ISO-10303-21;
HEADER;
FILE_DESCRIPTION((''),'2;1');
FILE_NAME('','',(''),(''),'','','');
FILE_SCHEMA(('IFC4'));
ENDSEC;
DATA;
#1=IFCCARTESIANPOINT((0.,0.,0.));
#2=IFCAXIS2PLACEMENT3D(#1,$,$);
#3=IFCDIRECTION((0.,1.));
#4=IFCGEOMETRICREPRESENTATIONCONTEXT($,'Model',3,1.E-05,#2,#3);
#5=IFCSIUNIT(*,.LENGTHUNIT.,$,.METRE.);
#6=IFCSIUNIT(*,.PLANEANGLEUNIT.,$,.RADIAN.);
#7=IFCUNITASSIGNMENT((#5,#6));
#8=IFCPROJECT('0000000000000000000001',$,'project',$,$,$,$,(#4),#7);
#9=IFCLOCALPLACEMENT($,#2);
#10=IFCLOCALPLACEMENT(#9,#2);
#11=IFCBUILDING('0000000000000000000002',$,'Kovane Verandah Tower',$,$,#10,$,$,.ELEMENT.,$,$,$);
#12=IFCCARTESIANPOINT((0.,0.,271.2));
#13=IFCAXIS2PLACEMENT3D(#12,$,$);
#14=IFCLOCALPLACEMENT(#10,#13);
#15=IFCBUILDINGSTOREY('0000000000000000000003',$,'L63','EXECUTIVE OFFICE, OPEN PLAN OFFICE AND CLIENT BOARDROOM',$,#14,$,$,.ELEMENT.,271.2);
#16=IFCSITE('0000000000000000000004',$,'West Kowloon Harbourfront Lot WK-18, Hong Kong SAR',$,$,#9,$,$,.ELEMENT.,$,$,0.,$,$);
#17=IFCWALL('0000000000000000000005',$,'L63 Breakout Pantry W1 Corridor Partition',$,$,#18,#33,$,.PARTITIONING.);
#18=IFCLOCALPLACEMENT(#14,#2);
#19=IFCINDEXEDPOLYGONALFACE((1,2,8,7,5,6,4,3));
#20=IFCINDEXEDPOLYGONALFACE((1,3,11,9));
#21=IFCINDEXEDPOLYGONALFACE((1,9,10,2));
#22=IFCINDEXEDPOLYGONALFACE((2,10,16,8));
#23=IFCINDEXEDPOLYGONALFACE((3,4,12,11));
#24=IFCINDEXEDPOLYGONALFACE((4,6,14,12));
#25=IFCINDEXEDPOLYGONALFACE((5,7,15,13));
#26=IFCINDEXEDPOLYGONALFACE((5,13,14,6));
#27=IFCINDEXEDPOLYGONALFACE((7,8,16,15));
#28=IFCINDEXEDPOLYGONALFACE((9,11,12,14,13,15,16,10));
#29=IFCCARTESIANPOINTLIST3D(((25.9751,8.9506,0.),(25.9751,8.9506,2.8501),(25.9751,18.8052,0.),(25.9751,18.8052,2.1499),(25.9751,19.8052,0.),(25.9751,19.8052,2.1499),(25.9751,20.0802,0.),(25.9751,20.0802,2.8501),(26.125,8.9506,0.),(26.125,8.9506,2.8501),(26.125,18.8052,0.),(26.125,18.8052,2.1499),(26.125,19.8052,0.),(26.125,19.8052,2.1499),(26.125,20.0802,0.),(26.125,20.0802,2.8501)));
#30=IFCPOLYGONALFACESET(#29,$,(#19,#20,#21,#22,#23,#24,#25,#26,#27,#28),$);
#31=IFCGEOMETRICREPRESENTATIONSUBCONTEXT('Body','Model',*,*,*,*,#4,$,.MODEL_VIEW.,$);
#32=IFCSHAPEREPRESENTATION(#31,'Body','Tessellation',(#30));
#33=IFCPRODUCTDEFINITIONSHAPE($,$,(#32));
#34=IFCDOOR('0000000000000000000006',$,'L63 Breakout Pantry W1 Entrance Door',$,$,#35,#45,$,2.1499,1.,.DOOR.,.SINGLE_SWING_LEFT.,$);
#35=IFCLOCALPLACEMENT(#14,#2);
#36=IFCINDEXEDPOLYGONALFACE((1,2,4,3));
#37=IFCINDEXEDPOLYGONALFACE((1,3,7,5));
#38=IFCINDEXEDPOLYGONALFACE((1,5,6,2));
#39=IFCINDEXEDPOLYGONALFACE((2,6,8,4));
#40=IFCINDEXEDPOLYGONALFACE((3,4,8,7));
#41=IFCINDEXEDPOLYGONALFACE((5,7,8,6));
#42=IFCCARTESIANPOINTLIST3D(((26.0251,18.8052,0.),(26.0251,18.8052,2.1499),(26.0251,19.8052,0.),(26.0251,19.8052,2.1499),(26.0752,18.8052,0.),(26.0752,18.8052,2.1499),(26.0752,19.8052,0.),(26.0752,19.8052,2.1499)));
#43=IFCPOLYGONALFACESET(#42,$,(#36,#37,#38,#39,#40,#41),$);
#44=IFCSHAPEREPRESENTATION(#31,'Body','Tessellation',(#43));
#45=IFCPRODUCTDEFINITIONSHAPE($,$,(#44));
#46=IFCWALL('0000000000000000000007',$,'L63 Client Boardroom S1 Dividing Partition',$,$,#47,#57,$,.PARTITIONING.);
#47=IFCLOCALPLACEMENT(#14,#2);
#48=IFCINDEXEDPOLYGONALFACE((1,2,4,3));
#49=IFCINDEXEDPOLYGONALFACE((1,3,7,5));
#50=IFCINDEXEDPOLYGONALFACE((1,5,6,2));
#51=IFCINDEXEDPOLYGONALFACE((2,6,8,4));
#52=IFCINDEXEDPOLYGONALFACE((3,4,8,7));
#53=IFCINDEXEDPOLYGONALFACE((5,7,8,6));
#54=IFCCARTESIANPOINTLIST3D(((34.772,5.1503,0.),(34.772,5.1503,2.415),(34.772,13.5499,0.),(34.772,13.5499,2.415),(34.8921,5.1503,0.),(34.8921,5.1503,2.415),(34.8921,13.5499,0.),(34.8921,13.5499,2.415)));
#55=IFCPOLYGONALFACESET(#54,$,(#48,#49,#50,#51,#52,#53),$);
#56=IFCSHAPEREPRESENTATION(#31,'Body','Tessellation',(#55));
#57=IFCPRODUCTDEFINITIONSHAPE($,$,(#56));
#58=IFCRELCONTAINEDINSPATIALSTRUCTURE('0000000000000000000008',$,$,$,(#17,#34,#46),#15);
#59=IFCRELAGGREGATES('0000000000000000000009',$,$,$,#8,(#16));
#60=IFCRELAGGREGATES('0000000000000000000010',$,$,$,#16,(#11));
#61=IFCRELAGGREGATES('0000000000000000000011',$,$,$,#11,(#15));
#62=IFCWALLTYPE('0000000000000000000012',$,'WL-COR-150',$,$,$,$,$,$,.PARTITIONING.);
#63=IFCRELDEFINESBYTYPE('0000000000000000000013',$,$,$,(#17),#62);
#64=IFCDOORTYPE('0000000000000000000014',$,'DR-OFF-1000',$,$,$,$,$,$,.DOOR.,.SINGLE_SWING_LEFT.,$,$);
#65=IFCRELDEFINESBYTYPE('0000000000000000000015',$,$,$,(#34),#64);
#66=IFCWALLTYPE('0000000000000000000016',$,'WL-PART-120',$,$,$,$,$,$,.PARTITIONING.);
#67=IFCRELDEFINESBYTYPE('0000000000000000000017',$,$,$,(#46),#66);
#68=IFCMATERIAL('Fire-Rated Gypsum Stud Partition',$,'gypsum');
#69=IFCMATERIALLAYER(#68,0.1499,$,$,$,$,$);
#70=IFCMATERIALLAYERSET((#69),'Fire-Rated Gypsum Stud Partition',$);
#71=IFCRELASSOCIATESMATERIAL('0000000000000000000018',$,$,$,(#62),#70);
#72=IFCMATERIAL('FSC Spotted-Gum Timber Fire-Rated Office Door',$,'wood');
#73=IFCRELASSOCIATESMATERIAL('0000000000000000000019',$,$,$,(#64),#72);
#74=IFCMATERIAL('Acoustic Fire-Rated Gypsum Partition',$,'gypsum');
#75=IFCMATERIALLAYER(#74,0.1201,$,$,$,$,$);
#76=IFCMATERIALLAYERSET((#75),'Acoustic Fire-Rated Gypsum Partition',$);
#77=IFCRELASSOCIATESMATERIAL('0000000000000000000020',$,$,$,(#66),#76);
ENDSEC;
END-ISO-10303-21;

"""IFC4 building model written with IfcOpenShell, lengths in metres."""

from ifc_helpers import new_model, si_unit, direction, frame, frame_2d, origin, place, context, subcontext, project, spatial, rectangle, extrude, material, layer, layer_set, type_object, element, fill, save


model = new_model("IFC4")

# Units and contexts
model_context = context("Model", 3, precision=1e-05, world=origin(), true_north=direction((0.0, 1.0)))
body_context = subcontext(model_context, "Body", "Model", "MODEL_VIEW")
ifc_project = project(units=[si_unit("LENGTHUNIT", "METRE"), si_unit("PLANEANGLEUNIT", "RADIAN")], contexts=[model_context])

# Site, building, storey
site_placement = place(None, origin())
site = spatial("IfcSite", under=ifc_project, at=site_placement, Name="West Kowloon Harbourfront Lot WK-18, Hong Kong SAR", CompositionType="ELEMENT", RefElevation=0.0)
building_placement = place(site_placement, origin())
building = spatial("IfcBuilding", under=site, at=building_placement, Name="Kovane Verandah Tower", CompositionType="ELEMENT")
storey_placement = place(building_placement, frame((0.0, 0.0, 271.2)))
storey = spatial("IfcBuildingStorey", under=building, at=storey_placement, Name="L63", Description="EXECUTIVE OFFICE, OPEN PLAN OFFICE AND CLIENT BOARDROOM", CompositionType="ELEMENT", Elevation=271.2)

# Wall, opening, door
ifc_material_1 = material(Name="Fire-Rated Gypsum Stud Partition", Category="gypsum")
ifc_layer_1 = layer(ifc_material_1, 0.1499)
ifc_layer_set_1 = layer_set([ifc_layer_1], Name="Fire-Rated Gypsum Stud Partition")
wall_type_1 = type_object("IfcWallType", Name="WL-COR-150", PredefinedType="PARTITIONING", material=ifc_layer_set_1)
ifc_material_2 = material(Name="FSC Spotted-Gum Timber Fire-Rated Office Door", Category="wood")
door_type_1 = type_object("IfcDoorType", Name="DR-OFF-1000", OperationType="SINGLE_SWING_LEFT", PredefinedType="DOOR", material=ifc_material_2)
wall_1_placement = place(storey_placement, frame((26.05, 8.9504, 0.0), z_axis=(0.0, 0.0, 1.0), x_axis=(0.0, 1.0, 0.0)))
wall_1 = element("IfcWall", 1, at=wall_1_placement, inside=storey, type_object=wall_type_1, Name="L63 Breakout Pantry W1 Corridor Partition", PredefinedType="PARTITIONING", context=body_context, shape_type="SweptSolid", body=[
    extrude(rectangle(XDim=11.1296, YDim=0.1499, at=frame_2d((5.5649, 0.0))), origin(), (0.0, 0.0, 1.0), 2.8501),
])
opening_1_placement = place(wall_1_placement, frame((9.8547, 0.0, 0.0)))
opening_1 = element("IfcOpeningElement", 2, at=opening_1_placement, cuts=wall_1, PredefinedType="OPENING", context=body_context, shape_type="SweptSolid", body=[
    extrude(rectangle(XDim=1.0, YDim=2.1499, at=frame_2d((0.5, 1.075))), frame((0.0, 0.075, 0.0), z_axis=(0.0, -1.0, 0.0), x_axis=(1.0, 0.0, 0.0)), (0.0, 0.0, 1.0), 0.1499),
])
door_1_placement = place(opening_1_placement, origin())
door_1 = element("IfcDoor", 3, at=door_1_placement, inside=storey, type_object=door_type_1, Name="L63 Breakout Pantry W1 Entrance Door", OperationType="SINGLE_SWING_LEFT", OverallHeight=2.1499, OverallWidth=1.0, PredefinedType="DOOR", context=body_context, shape_type="SweptSolid", body=[
    extrude(rectangle(XDim=1.0, YDim=2.1499, at=frame_2d((0.5, 1.075))), frame((0.0, 0.0249, 0.0), z_axis=(0.0, -1.0, 0.0), x_axis=(1.0, 0.0, 0.0)), (0.0, 0.0, 1.0), 0.05),
])
fill(opening_1, door_1)

# Wall
ifc_material_3 = material(Name="Acoustic Fire-Rated Gypsum Partition", Category="gypsum")
ifc_layer_2 = layer(ifc_material_3, 0.1201)
ifc_layer_set_2 = layer_set([ifc_layer_2], Name="Acoustic Fire-Rated Gypsum Partition")
wall_type_2 = type_object("IfcWallType", Name="WL-PART-120", PredefinedType="PARTITIONING", material=ifc_layer_set_2)
wall_2_placement = place(storey_placement, frame((34.832, 5.1504, 0.0), z_axis=(0.0, 0.0, 1.0), x_axis=(0.0, 1.0, 0.0)))
element("IfcWall", 4, at=wall_2_placement, inside=storey, type_object=wall_type_2, Name="L63 Client Boardroom S1 Dividing Partition", PredefinedType="PARTITIONING", context=body_context, shape_type="SweptSolid", body=[
    extrude(rectangle(XDim=8.3997, YDim=0.1201, at=frame_2d((4.1997, 0.0))), origin(), (0.0, 0.0, 1.0), 2.415),
])

save(model, "model.ifc")
